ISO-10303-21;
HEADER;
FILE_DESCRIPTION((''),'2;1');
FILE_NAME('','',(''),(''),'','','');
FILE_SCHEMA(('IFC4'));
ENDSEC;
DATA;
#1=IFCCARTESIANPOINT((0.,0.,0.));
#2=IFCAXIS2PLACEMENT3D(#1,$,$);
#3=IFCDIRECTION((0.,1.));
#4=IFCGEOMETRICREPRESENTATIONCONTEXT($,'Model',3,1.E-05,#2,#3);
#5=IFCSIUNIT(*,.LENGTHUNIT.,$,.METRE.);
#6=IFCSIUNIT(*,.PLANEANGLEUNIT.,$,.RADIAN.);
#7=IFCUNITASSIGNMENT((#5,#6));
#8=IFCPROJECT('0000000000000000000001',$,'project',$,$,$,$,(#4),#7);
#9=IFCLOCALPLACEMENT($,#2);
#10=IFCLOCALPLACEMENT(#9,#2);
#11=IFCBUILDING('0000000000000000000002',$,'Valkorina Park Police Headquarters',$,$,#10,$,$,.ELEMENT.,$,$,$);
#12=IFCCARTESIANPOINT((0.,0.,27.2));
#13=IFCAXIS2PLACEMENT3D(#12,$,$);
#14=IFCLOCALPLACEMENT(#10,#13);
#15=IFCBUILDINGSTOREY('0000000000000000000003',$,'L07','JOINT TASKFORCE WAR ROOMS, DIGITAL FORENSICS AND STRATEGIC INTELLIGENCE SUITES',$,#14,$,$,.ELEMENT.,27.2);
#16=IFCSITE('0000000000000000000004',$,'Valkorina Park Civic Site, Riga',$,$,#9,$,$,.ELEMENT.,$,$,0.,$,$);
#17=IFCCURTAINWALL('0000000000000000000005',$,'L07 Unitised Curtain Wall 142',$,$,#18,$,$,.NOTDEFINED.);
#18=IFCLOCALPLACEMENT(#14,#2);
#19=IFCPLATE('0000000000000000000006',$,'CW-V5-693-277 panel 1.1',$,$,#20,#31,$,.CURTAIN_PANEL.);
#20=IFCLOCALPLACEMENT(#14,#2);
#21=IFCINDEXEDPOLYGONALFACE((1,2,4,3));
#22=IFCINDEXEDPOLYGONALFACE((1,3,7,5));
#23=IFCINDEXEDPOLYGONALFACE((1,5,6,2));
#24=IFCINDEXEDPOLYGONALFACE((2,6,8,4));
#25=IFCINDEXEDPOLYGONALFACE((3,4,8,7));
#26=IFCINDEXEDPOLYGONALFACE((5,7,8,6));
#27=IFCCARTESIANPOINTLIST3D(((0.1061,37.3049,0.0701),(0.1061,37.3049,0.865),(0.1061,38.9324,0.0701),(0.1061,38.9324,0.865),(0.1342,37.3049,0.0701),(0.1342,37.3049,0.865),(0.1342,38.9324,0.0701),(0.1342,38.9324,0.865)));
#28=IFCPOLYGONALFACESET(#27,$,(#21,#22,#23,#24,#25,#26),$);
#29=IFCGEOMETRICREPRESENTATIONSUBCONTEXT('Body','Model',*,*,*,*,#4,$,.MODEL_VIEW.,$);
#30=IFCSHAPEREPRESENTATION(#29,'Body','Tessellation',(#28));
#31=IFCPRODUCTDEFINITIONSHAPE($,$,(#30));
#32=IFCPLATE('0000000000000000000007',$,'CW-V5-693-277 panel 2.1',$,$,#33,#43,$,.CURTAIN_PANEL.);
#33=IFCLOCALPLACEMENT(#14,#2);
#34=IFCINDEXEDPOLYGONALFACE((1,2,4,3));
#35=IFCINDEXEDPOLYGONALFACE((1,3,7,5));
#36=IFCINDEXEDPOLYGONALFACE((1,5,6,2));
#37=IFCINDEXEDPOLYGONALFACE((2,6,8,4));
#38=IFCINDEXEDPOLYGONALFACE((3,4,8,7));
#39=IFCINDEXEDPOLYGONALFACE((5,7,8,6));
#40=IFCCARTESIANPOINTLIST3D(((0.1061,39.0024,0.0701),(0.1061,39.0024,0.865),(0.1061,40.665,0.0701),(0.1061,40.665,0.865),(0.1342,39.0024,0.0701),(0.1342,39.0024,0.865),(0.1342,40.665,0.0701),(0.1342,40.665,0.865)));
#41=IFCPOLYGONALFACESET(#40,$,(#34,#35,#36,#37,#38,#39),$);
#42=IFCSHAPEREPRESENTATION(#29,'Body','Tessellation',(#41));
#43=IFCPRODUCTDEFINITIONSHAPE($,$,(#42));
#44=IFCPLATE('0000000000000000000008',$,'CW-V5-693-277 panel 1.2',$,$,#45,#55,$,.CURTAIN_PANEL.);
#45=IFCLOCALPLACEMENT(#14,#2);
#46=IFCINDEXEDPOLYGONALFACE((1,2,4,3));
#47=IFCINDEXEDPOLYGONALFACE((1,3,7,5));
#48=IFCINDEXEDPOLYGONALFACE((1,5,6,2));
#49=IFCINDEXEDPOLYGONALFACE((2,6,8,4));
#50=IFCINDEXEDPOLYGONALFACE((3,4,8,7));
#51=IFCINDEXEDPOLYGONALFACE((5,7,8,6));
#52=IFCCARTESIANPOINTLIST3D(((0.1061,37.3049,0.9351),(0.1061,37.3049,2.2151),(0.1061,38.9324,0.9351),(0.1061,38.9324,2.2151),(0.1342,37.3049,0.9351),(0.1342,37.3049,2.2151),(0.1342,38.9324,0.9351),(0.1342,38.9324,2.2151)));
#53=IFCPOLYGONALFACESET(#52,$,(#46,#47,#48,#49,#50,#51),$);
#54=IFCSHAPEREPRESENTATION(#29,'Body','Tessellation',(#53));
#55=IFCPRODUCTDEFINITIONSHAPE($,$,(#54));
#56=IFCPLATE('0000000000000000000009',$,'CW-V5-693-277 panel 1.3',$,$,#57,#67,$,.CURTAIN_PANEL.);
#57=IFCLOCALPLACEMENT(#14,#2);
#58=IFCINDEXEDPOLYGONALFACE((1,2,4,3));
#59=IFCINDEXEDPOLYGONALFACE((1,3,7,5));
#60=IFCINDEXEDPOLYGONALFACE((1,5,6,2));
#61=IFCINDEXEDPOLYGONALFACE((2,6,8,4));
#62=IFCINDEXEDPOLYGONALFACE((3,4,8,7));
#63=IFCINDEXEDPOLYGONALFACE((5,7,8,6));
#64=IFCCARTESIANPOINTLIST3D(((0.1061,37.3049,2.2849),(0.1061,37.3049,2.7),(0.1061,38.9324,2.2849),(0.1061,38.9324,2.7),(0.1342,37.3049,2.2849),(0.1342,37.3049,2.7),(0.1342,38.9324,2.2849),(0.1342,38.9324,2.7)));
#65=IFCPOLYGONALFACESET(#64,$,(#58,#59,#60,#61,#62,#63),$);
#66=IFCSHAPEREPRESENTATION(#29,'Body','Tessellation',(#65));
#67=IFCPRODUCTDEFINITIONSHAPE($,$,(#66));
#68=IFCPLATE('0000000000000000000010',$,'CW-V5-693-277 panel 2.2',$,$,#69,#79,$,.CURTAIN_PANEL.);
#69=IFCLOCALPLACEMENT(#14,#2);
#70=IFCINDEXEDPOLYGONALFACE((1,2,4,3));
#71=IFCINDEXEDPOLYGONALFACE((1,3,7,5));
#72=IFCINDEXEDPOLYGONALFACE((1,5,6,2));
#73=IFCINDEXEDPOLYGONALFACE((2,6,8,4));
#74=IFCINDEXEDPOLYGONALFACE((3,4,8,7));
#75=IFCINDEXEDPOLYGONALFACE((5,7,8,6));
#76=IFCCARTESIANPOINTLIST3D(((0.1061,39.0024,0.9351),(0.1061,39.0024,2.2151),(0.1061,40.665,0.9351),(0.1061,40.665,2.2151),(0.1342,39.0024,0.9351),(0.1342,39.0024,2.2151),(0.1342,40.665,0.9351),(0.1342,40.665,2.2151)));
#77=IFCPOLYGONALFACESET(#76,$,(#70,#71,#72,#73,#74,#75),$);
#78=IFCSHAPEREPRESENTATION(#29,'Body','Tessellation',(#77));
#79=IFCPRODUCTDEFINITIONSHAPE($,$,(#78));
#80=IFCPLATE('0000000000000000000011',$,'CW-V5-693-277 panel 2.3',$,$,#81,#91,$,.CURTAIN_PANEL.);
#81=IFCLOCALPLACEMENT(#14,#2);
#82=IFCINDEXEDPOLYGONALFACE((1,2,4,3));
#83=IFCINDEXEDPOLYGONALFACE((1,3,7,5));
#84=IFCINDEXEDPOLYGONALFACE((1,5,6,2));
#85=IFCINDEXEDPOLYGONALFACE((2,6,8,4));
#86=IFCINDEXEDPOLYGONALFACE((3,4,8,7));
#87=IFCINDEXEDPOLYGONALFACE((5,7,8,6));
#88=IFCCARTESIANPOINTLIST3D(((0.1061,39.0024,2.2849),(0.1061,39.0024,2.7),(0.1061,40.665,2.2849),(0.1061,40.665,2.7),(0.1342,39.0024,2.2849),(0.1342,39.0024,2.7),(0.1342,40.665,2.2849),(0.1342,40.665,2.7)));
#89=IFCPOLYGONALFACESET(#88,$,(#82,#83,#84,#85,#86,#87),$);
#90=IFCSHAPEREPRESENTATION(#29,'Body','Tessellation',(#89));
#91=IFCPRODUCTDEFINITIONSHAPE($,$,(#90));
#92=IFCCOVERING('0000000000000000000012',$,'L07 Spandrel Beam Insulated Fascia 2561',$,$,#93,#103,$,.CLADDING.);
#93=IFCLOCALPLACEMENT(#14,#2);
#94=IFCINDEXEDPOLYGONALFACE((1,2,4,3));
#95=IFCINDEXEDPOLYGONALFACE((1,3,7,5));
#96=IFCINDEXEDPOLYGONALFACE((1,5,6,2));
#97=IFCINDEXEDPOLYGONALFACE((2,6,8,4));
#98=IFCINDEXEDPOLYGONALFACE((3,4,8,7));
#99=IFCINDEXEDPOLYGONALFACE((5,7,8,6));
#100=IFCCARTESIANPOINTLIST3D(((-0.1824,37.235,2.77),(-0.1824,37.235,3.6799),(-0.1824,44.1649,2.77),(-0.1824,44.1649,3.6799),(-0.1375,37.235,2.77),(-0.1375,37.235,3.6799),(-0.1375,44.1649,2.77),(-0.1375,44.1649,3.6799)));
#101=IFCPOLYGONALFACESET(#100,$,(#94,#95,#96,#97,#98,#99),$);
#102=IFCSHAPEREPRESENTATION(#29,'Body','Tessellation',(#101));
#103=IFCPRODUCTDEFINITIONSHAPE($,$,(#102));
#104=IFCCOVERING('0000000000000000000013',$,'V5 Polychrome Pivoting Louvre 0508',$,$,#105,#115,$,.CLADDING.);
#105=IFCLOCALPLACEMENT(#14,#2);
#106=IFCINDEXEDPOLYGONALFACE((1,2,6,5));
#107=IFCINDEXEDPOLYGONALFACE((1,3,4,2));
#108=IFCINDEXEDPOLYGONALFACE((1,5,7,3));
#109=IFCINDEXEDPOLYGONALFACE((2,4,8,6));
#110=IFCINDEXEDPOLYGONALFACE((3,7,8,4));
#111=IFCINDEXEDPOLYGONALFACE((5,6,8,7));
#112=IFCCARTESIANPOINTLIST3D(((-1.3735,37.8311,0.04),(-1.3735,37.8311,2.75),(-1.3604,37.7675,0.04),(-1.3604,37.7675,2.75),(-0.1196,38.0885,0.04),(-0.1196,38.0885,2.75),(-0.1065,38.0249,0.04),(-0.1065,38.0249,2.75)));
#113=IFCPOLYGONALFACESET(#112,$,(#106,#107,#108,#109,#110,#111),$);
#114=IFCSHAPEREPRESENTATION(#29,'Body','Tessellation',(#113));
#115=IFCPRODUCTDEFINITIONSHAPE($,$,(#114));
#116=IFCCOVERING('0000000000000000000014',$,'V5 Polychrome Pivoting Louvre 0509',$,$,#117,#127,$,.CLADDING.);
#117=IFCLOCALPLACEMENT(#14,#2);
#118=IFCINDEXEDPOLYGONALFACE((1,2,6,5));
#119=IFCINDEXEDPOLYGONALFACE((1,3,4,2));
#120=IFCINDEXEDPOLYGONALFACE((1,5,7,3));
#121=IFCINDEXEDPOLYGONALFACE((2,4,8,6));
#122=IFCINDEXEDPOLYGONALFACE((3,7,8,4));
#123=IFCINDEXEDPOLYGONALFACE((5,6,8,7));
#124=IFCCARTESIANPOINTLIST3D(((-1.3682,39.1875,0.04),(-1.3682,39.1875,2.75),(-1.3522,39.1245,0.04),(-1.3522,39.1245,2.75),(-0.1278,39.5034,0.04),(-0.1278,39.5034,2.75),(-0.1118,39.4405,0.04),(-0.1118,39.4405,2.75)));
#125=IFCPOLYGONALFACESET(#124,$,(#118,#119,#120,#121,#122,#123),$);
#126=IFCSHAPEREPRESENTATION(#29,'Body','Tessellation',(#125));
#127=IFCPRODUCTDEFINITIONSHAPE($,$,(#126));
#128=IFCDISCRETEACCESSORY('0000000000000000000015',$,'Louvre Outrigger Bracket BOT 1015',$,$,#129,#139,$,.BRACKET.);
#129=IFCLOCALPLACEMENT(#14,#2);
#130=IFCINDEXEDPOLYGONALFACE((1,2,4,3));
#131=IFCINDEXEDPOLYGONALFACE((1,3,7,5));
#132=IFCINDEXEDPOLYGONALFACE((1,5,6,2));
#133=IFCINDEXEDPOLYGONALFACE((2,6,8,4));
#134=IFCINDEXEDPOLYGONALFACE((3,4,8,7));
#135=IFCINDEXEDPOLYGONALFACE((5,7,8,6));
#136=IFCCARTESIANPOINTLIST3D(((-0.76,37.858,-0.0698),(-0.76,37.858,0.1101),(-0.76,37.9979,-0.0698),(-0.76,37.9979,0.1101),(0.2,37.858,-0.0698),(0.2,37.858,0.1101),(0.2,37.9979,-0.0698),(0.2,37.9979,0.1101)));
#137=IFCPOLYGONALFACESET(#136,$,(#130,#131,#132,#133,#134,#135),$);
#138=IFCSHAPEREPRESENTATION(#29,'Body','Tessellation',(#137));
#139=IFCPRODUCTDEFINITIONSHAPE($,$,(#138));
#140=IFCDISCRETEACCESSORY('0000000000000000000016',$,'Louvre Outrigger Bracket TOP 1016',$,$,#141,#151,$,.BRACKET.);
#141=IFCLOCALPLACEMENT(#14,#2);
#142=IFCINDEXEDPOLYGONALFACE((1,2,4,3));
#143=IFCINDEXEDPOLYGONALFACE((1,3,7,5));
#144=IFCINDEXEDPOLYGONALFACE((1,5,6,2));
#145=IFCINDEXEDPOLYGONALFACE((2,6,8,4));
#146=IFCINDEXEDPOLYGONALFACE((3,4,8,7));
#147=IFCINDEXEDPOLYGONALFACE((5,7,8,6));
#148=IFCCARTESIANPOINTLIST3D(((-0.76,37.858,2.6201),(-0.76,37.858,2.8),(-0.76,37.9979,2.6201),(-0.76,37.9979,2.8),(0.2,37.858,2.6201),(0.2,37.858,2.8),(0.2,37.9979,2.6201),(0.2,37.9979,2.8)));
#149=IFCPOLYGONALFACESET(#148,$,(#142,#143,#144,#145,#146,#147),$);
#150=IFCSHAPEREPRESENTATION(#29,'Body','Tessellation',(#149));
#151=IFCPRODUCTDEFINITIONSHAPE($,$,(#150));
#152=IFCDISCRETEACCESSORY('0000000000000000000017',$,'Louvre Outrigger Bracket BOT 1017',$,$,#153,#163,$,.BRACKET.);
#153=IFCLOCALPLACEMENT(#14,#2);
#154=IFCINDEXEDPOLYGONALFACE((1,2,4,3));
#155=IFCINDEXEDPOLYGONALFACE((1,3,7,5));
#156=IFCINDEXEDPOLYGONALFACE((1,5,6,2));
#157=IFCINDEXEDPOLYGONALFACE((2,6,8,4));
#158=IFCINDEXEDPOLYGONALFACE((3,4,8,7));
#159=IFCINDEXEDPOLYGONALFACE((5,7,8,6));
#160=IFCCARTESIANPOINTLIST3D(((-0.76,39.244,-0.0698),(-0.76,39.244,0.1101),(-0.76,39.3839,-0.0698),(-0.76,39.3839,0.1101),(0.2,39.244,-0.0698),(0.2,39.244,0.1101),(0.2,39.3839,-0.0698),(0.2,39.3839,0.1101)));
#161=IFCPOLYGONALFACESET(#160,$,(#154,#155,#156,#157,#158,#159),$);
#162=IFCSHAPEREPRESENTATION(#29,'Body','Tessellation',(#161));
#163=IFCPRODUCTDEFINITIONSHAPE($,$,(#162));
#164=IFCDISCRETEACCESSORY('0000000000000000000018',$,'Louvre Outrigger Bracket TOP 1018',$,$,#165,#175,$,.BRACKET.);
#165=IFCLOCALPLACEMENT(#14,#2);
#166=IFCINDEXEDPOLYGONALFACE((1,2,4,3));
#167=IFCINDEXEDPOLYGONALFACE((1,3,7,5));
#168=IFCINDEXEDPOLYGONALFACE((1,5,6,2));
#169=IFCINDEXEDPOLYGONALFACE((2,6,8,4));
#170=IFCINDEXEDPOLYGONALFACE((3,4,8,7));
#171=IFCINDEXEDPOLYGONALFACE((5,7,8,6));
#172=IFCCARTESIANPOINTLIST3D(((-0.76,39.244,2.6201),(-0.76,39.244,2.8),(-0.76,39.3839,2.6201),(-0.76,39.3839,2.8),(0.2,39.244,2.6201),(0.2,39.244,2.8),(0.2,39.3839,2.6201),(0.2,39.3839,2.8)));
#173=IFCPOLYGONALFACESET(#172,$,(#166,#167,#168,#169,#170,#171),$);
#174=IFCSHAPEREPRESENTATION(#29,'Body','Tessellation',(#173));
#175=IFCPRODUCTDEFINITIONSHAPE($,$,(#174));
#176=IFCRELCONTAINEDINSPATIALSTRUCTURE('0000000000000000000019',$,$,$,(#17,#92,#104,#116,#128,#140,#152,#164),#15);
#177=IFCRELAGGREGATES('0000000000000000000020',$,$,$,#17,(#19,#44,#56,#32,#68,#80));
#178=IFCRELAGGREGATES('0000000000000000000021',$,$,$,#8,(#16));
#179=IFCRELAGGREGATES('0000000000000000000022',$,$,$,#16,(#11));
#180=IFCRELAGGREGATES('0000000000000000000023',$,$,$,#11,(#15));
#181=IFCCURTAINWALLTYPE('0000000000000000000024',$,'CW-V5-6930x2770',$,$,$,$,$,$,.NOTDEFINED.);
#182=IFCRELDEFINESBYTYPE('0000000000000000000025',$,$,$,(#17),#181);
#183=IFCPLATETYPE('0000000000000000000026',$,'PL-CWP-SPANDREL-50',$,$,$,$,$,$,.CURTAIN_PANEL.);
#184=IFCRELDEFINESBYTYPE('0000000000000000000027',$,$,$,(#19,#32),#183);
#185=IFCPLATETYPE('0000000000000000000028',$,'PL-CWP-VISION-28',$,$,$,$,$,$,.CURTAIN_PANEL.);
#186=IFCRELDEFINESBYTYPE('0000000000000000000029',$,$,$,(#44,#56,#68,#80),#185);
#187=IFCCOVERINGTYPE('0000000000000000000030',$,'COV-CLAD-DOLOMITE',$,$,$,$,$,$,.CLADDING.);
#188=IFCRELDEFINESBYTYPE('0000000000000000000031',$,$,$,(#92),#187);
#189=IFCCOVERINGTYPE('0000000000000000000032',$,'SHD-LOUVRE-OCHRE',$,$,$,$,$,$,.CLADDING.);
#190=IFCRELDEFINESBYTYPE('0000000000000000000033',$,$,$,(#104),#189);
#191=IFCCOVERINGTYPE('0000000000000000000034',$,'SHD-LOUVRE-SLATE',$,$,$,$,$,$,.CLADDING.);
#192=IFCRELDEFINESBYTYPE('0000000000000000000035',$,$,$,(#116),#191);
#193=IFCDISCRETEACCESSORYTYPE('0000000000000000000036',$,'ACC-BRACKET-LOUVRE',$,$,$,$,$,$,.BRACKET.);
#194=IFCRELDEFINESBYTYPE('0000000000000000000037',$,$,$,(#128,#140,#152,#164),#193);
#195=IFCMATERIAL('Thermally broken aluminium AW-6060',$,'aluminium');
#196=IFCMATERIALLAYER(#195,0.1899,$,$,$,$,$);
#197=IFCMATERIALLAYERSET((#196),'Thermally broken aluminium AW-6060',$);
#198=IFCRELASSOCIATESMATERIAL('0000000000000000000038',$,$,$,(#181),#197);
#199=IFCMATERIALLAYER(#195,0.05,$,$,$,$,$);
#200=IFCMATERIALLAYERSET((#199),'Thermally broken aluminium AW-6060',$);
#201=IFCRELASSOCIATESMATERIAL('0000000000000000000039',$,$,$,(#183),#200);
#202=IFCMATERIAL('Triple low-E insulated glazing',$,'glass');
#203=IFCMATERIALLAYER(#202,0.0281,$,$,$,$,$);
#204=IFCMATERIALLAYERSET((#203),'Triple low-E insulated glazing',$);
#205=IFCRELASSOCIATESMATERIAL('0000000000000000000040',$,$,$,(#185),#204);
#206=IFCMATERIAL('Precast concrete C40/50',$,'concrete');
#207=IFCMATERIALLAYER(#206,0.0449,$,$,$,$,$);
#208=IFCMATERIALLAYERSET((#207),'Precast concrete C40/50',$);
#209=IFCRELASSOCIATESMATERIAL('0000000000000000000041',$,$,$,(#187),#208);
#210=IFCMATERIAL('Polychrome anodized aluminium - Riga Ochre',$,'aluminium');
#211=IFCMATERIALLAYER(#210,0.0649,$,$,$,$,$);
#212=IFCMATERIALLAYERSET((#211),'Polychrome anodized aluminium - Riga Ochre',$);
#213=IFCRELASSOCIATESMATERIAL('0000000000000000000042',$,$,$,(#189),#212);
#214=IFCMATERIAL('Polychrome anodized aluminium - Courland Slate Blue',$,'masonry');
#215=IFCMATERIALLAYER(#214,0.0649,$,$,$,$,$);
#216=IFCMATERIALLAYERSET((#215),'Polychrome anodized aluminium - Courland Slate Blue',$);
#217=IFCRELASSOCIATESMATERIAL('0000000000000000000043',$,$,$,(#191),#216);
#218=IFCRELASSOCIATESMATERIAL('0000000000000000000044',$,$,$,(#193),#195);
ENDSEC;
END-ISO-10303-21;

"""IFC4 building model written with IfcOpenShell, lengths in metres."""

from ifc_helpers import new_model, si_unit, direction, frame, frame_2d, origin, origin_2d, place, context, subcontext, project, spatial, rectangle, extrude, material, layer, layer_set, type_object, element, aggregate, save


model = new_model("IFC4")

# Units and contexts
model_context = context("Model", 3, precision=1e-05, world=origin(), true_north=direction((0.0, 1.0)))
body_context = subcontext(model_context, "Body", "Model", "MODEL_VIEW")
ifc_project = project(units=[si_unit("LENGTHUNIT", "METRE"), si_unit("PLANEANGLEUNIT", "RADIAN")], contexts=[model_context])

# Site, building, storey
site_placement = place(None, origin())
site = spatial("IfcSite", under=ifc_project, at=site_placement, Name="Valkorina Park Civic Site, Riga", CompositionType="ELEMENT", RefElevation=0.0)
building_placement = place(site_placement, origin())
building = spatial("IfcBuilding", under=site, at=building_placement, Name="Valkorina Park Police Headquarters", CompositionType="ELEMENT")
storey_placement = place(building_placement, frame((0.0, 0.0, 27.2)))
storey = spatial("IfcBuildingStorey", under=building, at=storey_placement, Name="L07", Description="JOINT TASKFORCE WAR ROOMS, DIGITAL FORENSICS AND STRATEGIC INTELLIGENCE SUITES", CompositionType="ELEMENT", Elevation=27.2)

# Curtain wall, plates
ifc_material_1 = material(Name="Thermally broken aluminium AW-6060", Category="aluminium")
ifc_layer_1 = layer(ifc_material_1, 0.1899)
ifc_layer_set_1 = layer_set([ifc_layer_1], Name="Thermally broken aluminium AW-6060")
curtain_wall_type = type_object("IfcCurtainWallType", Name="CW-V5-6930x2770", PredefinedType="NOTDEFINED", material=ifc_layer_set_1)
curtain_wall_placement = place(storey_placement, origin())
curtain_wall = element("IfcCurtainWall", 1, at=curtain_wall_placement, inside=storey, type_object=curtain_wall_type, Name="L07 Unitised Curtain Wall 142", PredefinedType="NOTDEFINED")
ifc_layer_2 = layer(ifc_material_1, 0.05)
ifc_layer_set_2 = layer_set([ifc_layer_2], Name="Thermally broken aluminium AW-6060")
plate_type_1 = type_object("IfcPlateType", Name="PL-CWP-SPANDREL-50", PredefinedType="CURTAIN_PANEL", material=ifc_layer_set_2)
plate_1_placement = place(storey_placement, frame((0.1201, 38.1187, 0.0701), z_axis=(0.0, 0.0, 1.0), x_axis=(0.0, 1.0, 0.0)))
plate_1 = element("IfcPlate", 2, at=plate_1_placement, type_object=plate_type_1, Name="CW-V5-693-277 panel 1.1", PredefinedType="CURTAIN_PANEL", context=body_context, shape_type="SweptSolid", body=[
    extrude(rectangle(XDim=1.6274, YDim=0.0281, at=origin_2d()), origin(), (0.0, 0.0, 1.0), 0.7949),
])
plate_2_placement = place(storey_placement, frame((0.1201, 39.8337, 0.0701), z_axis=(0.0, 0.0, 1.0), x_axis=(0.0, 1.0, 0.0)))
plate_2 = element("IfcPlate", 3, at=plate_2_placement, type_object=plate_type_1, Name="CW-V5-693-277 panel 2.1", PredefinedType="CURTAIN_PANEL", context=body_context, shape_type="SweptSolid", body=[
    extrude(rectangle(XDim=1.6626, YDim=0.0281, at=origin_2d()), origin(), (0.0, 0.0, 1.0), 0.7949),
])
ifc_material_2 = material(Name="Triple low-E insulated glazing", Category="glass")
ifc_layer_3 = layer(ifc_material_2, 0.0281)
ifc_layer_set_3 = layer_set([ifc_layer_3], Name="Triple low-E insulated glazing")
plate_type_2 = type_object("IfcPlateType", Name="PL-CWP-VISION-28", PredefinedType="CURTAIN_PANEL", material=ifc_layer_set_3)
plate_3_placement = place(storey_placement, frame((0.1201, 38.1187, 0.9351), z_axis=(0.0, 0.0, 1.0), x_axis=(0.0, 1.0, 0.0)))
plate_3 = element("IfcPlate", 4, at=plate_3_placement, type_object=plate_type_2, Name="CW-V5-693-277 panel 1.2", PredefinedType="CURTAIN_PANEL", context=body_context, shape_type="SweptSolid", body=[
    extrude(rectangle(XDim=1.6274, YDim=0.0281, at=origin_2d()), origin(), (0.0, 0.0, 1.0), 1.28),
])
plate_4_placement = place(storey_placement, frame((0.1201, 38.1187, 2.2849), z_axis=(0.0, 0.0, 1.0), x_axis=(0.0, 1.0, 0.0)))
plate_4 = element("IfcPlate", 5, at=plate_4_placement, type_object=plate_type_2, Name="CW-V5-693-277 panel 1.3", PredefinedType="CURTAIN_PANEL", context=body_context, shape_type="SweptSolid", body=[
    extrude(rectangle(XDim=1.6274, YDim=0.0281, at=origin_2d()), origin(), (0.0, 0.0, 1.0), 0.415),
])
plate_5_placement = place(storey_placement, frame((0.1201, 39.8337, 0.9351), z_axis=(0.0, 0.0, 1.0), x_axis=(0.0, 1.0, 0.0)))
plate_5 = element("IfcPlate", 6, at=plate_5_placement, type_object=plate_type_2, Name="CW-V5-693-277 panel 2.2", PredefinedType="CURTAIN_PANEL", context=body_context, shape_type="SweptSolid", body=[
    extrude(rectangle(XDim=1.6626, YDim=0.0281, at=origin_2d()), origin(), (0.0, 0.0, 1.0), 1.28),
])
plate_6_placement = place(storey_placement, frame((0.1201, 39.8337, 2.2849), z_axis=(0.0, 0.0, 1.0), x_axis=(0.0, 1.0, 0.0)))
plate_6 = element("IfcPlate", 7, at=plate_6_placement, type_object=plate_type_2, Name="CW-V5-693-277 panel 2.3", PredefinedType="CURTAIN_PANEL", context=body_context, shape_type="SweptSolid", body=[
    extrude(rectangle(XDim=1.6626, YDim=0.0281, at=origin_2d()), origin(), (0.0, 0.0, 1.0), 0.415),
])
aggregate(curtain_wall, [plate_1, plate_3, plate_4, plate_2, plate_5, plate_6])

# Coverings
ifc_material_3 = material(Name="Precast concrete C40/50", Category="concrete")
ifc_layer_4 = layer(ifc_material_3, 0.0449)
ifc_layer_set_4 = layer_set([ifc_layer_4], Name="Precast concrete C40/50")
covering_type_1 = type_object("IfcCoveringType", Name="COV-CLAD-DOLOMITE", PredefinedType="CLADDING", material=ifc_layer_set_4)
covering_1_placement = place(storey_placement, frame((-0.1599, 37.2351, 2.77), z_axis=(0.0, 0.0, 1.0), x_axis=(0.0, 1.0, 0.0)))
element("IfcCovering", 8, at=covering_1_placement, inside=storey, type_object=covering_type_1, Name="L07 Spandrel Beam Insulated Fascia 2561", PredefinedType="CLADDING", context=body_context, shape_type="SweptSolid", body=[
    extrude(rectangle(XDim=6.9299, YDim=0.0449, at=frame_2d((3.4648, 0.0))), origin(), (0.0, 0.0, 1.0), 0.9099),
])
ifc_material_4 = material(Name="Polychrome anodized aluminium - Riga Ochre", Category="aluminium")
ifc_layer_5 = layer(ifc_material_4, 0.0649)
ifc_layer_set_5 = layer_set([ifc_layer_5], Name="Polychrome anodized aluminium - Riga Ochre")
covering_type_2 = type_object("IfcCoveringType", Name="SHD-LOUVRE-OCHRE", PredefinedType="CLADDING", material=ifc_layer_set_5)
covering_2_placement = place(storey_placement, frame((-0.74, 37.928, 0.04), z_axis=(0.0, 0.0, 1.0), x_axis=(-0.979575, -0.201078, 0.0)))
element("IfcCovering", 9, at=covering_2_placement, inside=storey, type_object=covering_type_2, Name="V5 Polychrome Pivoting Louvre 0508", PredefinedType="CLADDING", context=body_context, shape_type="SweptSolid", body=[
    extrude(rectangle(XDim=1.28, YDim=0.0649, at=origin_2d()), origin(), (0.0, 0.0, 1.0), 2.71),
])
ifc_material_5 = material(Name="Polychrome anodized aluminium - Courland Slate Blue", Category="masonry")
ifc_layer_6 = layer(ifc_material_5, 0.0649)
ifc_layer_set_6 = layer_set([ifc_layer_6], Name="Polychrome anodized aluminium - Courland Slate Blue")
covering_type_3 = type_object("IfcCoveringType", Name="SHD-LOUVRE-SLATE", PredefinedType="CLADDING", material=ifc_layer_set_6)
covering_3_placement = place(storey_placement, frame((-0.74, 39.314, 0.04), z_axis=(0.0, 0.0, 1.0), x_axis=(-0.969059, -0.24683, 0.0)))
element("IfcCovering", 10, at=covering_3_placement, inside=storey, type_object=covering_type_3, Name="V5 Polychrome Pivoting Louvre 0509", PredefinedType="CLADDING", context=body_context, shape_type="SweptSolid", body=[
    extrude(rectangle(XDim=1.28, YDim=0.0649, at=origin_2d()), origin(), (0.0, 0.0, 1.0), 2.71),
])

# Discrete accessories
discrete_accessory_type = type_object("IfcDiscreteAccessoryType", Name="ACC-BRACKET-LOUVRE", PredefinedType="BRACKET", material=ifc_material_1)
for number, where, z_axis, x_axis, name in (
    (11, (-0.28, 37.928, -0.0698), (0.0, 0.0, 1.0), (-1.0, 0.0, 0.0), "Louvre Outrigger Bracket BOT 1015"),
    (12, (-0.28, 37.928, 2.6201), (0.0, 0.0, 1.0), (-1.0, 0.0, 0.0), "Louvre Outrigger Bracket TOP 1016"),
    (13, (-0.28, 39.314, -0.0698), (0.0, 0.0, 1.0), (-1.0, 0.0, 0.0), "Louvre Outrigger Bracket BOT 1017"),
    (14, (-0.28, 39.314, 2.6201), (0.0, 0.0, 1.0), (-1.0, 0.0, 0.0), "Louvre Outrigger Bracket TOP 1018"),
):
    element("IfcDiscreteAccessory", number, at=place(storey_placement, frame(where, z_axis=z_axis, x_axis=x_axis)), inside=storey, type_object=discrete_accessory_type, Name=name, PredefinedType="BRACKET", context=body_context, shape_type="SweptSolid", body=[
        extrude(rectangle(XDim=0.96, YDim=0.1399, at=origin_2d()), origin(), (0.0, 0.0, 1.0), 0.1799),
    ])

save(model, "model.ifc")
